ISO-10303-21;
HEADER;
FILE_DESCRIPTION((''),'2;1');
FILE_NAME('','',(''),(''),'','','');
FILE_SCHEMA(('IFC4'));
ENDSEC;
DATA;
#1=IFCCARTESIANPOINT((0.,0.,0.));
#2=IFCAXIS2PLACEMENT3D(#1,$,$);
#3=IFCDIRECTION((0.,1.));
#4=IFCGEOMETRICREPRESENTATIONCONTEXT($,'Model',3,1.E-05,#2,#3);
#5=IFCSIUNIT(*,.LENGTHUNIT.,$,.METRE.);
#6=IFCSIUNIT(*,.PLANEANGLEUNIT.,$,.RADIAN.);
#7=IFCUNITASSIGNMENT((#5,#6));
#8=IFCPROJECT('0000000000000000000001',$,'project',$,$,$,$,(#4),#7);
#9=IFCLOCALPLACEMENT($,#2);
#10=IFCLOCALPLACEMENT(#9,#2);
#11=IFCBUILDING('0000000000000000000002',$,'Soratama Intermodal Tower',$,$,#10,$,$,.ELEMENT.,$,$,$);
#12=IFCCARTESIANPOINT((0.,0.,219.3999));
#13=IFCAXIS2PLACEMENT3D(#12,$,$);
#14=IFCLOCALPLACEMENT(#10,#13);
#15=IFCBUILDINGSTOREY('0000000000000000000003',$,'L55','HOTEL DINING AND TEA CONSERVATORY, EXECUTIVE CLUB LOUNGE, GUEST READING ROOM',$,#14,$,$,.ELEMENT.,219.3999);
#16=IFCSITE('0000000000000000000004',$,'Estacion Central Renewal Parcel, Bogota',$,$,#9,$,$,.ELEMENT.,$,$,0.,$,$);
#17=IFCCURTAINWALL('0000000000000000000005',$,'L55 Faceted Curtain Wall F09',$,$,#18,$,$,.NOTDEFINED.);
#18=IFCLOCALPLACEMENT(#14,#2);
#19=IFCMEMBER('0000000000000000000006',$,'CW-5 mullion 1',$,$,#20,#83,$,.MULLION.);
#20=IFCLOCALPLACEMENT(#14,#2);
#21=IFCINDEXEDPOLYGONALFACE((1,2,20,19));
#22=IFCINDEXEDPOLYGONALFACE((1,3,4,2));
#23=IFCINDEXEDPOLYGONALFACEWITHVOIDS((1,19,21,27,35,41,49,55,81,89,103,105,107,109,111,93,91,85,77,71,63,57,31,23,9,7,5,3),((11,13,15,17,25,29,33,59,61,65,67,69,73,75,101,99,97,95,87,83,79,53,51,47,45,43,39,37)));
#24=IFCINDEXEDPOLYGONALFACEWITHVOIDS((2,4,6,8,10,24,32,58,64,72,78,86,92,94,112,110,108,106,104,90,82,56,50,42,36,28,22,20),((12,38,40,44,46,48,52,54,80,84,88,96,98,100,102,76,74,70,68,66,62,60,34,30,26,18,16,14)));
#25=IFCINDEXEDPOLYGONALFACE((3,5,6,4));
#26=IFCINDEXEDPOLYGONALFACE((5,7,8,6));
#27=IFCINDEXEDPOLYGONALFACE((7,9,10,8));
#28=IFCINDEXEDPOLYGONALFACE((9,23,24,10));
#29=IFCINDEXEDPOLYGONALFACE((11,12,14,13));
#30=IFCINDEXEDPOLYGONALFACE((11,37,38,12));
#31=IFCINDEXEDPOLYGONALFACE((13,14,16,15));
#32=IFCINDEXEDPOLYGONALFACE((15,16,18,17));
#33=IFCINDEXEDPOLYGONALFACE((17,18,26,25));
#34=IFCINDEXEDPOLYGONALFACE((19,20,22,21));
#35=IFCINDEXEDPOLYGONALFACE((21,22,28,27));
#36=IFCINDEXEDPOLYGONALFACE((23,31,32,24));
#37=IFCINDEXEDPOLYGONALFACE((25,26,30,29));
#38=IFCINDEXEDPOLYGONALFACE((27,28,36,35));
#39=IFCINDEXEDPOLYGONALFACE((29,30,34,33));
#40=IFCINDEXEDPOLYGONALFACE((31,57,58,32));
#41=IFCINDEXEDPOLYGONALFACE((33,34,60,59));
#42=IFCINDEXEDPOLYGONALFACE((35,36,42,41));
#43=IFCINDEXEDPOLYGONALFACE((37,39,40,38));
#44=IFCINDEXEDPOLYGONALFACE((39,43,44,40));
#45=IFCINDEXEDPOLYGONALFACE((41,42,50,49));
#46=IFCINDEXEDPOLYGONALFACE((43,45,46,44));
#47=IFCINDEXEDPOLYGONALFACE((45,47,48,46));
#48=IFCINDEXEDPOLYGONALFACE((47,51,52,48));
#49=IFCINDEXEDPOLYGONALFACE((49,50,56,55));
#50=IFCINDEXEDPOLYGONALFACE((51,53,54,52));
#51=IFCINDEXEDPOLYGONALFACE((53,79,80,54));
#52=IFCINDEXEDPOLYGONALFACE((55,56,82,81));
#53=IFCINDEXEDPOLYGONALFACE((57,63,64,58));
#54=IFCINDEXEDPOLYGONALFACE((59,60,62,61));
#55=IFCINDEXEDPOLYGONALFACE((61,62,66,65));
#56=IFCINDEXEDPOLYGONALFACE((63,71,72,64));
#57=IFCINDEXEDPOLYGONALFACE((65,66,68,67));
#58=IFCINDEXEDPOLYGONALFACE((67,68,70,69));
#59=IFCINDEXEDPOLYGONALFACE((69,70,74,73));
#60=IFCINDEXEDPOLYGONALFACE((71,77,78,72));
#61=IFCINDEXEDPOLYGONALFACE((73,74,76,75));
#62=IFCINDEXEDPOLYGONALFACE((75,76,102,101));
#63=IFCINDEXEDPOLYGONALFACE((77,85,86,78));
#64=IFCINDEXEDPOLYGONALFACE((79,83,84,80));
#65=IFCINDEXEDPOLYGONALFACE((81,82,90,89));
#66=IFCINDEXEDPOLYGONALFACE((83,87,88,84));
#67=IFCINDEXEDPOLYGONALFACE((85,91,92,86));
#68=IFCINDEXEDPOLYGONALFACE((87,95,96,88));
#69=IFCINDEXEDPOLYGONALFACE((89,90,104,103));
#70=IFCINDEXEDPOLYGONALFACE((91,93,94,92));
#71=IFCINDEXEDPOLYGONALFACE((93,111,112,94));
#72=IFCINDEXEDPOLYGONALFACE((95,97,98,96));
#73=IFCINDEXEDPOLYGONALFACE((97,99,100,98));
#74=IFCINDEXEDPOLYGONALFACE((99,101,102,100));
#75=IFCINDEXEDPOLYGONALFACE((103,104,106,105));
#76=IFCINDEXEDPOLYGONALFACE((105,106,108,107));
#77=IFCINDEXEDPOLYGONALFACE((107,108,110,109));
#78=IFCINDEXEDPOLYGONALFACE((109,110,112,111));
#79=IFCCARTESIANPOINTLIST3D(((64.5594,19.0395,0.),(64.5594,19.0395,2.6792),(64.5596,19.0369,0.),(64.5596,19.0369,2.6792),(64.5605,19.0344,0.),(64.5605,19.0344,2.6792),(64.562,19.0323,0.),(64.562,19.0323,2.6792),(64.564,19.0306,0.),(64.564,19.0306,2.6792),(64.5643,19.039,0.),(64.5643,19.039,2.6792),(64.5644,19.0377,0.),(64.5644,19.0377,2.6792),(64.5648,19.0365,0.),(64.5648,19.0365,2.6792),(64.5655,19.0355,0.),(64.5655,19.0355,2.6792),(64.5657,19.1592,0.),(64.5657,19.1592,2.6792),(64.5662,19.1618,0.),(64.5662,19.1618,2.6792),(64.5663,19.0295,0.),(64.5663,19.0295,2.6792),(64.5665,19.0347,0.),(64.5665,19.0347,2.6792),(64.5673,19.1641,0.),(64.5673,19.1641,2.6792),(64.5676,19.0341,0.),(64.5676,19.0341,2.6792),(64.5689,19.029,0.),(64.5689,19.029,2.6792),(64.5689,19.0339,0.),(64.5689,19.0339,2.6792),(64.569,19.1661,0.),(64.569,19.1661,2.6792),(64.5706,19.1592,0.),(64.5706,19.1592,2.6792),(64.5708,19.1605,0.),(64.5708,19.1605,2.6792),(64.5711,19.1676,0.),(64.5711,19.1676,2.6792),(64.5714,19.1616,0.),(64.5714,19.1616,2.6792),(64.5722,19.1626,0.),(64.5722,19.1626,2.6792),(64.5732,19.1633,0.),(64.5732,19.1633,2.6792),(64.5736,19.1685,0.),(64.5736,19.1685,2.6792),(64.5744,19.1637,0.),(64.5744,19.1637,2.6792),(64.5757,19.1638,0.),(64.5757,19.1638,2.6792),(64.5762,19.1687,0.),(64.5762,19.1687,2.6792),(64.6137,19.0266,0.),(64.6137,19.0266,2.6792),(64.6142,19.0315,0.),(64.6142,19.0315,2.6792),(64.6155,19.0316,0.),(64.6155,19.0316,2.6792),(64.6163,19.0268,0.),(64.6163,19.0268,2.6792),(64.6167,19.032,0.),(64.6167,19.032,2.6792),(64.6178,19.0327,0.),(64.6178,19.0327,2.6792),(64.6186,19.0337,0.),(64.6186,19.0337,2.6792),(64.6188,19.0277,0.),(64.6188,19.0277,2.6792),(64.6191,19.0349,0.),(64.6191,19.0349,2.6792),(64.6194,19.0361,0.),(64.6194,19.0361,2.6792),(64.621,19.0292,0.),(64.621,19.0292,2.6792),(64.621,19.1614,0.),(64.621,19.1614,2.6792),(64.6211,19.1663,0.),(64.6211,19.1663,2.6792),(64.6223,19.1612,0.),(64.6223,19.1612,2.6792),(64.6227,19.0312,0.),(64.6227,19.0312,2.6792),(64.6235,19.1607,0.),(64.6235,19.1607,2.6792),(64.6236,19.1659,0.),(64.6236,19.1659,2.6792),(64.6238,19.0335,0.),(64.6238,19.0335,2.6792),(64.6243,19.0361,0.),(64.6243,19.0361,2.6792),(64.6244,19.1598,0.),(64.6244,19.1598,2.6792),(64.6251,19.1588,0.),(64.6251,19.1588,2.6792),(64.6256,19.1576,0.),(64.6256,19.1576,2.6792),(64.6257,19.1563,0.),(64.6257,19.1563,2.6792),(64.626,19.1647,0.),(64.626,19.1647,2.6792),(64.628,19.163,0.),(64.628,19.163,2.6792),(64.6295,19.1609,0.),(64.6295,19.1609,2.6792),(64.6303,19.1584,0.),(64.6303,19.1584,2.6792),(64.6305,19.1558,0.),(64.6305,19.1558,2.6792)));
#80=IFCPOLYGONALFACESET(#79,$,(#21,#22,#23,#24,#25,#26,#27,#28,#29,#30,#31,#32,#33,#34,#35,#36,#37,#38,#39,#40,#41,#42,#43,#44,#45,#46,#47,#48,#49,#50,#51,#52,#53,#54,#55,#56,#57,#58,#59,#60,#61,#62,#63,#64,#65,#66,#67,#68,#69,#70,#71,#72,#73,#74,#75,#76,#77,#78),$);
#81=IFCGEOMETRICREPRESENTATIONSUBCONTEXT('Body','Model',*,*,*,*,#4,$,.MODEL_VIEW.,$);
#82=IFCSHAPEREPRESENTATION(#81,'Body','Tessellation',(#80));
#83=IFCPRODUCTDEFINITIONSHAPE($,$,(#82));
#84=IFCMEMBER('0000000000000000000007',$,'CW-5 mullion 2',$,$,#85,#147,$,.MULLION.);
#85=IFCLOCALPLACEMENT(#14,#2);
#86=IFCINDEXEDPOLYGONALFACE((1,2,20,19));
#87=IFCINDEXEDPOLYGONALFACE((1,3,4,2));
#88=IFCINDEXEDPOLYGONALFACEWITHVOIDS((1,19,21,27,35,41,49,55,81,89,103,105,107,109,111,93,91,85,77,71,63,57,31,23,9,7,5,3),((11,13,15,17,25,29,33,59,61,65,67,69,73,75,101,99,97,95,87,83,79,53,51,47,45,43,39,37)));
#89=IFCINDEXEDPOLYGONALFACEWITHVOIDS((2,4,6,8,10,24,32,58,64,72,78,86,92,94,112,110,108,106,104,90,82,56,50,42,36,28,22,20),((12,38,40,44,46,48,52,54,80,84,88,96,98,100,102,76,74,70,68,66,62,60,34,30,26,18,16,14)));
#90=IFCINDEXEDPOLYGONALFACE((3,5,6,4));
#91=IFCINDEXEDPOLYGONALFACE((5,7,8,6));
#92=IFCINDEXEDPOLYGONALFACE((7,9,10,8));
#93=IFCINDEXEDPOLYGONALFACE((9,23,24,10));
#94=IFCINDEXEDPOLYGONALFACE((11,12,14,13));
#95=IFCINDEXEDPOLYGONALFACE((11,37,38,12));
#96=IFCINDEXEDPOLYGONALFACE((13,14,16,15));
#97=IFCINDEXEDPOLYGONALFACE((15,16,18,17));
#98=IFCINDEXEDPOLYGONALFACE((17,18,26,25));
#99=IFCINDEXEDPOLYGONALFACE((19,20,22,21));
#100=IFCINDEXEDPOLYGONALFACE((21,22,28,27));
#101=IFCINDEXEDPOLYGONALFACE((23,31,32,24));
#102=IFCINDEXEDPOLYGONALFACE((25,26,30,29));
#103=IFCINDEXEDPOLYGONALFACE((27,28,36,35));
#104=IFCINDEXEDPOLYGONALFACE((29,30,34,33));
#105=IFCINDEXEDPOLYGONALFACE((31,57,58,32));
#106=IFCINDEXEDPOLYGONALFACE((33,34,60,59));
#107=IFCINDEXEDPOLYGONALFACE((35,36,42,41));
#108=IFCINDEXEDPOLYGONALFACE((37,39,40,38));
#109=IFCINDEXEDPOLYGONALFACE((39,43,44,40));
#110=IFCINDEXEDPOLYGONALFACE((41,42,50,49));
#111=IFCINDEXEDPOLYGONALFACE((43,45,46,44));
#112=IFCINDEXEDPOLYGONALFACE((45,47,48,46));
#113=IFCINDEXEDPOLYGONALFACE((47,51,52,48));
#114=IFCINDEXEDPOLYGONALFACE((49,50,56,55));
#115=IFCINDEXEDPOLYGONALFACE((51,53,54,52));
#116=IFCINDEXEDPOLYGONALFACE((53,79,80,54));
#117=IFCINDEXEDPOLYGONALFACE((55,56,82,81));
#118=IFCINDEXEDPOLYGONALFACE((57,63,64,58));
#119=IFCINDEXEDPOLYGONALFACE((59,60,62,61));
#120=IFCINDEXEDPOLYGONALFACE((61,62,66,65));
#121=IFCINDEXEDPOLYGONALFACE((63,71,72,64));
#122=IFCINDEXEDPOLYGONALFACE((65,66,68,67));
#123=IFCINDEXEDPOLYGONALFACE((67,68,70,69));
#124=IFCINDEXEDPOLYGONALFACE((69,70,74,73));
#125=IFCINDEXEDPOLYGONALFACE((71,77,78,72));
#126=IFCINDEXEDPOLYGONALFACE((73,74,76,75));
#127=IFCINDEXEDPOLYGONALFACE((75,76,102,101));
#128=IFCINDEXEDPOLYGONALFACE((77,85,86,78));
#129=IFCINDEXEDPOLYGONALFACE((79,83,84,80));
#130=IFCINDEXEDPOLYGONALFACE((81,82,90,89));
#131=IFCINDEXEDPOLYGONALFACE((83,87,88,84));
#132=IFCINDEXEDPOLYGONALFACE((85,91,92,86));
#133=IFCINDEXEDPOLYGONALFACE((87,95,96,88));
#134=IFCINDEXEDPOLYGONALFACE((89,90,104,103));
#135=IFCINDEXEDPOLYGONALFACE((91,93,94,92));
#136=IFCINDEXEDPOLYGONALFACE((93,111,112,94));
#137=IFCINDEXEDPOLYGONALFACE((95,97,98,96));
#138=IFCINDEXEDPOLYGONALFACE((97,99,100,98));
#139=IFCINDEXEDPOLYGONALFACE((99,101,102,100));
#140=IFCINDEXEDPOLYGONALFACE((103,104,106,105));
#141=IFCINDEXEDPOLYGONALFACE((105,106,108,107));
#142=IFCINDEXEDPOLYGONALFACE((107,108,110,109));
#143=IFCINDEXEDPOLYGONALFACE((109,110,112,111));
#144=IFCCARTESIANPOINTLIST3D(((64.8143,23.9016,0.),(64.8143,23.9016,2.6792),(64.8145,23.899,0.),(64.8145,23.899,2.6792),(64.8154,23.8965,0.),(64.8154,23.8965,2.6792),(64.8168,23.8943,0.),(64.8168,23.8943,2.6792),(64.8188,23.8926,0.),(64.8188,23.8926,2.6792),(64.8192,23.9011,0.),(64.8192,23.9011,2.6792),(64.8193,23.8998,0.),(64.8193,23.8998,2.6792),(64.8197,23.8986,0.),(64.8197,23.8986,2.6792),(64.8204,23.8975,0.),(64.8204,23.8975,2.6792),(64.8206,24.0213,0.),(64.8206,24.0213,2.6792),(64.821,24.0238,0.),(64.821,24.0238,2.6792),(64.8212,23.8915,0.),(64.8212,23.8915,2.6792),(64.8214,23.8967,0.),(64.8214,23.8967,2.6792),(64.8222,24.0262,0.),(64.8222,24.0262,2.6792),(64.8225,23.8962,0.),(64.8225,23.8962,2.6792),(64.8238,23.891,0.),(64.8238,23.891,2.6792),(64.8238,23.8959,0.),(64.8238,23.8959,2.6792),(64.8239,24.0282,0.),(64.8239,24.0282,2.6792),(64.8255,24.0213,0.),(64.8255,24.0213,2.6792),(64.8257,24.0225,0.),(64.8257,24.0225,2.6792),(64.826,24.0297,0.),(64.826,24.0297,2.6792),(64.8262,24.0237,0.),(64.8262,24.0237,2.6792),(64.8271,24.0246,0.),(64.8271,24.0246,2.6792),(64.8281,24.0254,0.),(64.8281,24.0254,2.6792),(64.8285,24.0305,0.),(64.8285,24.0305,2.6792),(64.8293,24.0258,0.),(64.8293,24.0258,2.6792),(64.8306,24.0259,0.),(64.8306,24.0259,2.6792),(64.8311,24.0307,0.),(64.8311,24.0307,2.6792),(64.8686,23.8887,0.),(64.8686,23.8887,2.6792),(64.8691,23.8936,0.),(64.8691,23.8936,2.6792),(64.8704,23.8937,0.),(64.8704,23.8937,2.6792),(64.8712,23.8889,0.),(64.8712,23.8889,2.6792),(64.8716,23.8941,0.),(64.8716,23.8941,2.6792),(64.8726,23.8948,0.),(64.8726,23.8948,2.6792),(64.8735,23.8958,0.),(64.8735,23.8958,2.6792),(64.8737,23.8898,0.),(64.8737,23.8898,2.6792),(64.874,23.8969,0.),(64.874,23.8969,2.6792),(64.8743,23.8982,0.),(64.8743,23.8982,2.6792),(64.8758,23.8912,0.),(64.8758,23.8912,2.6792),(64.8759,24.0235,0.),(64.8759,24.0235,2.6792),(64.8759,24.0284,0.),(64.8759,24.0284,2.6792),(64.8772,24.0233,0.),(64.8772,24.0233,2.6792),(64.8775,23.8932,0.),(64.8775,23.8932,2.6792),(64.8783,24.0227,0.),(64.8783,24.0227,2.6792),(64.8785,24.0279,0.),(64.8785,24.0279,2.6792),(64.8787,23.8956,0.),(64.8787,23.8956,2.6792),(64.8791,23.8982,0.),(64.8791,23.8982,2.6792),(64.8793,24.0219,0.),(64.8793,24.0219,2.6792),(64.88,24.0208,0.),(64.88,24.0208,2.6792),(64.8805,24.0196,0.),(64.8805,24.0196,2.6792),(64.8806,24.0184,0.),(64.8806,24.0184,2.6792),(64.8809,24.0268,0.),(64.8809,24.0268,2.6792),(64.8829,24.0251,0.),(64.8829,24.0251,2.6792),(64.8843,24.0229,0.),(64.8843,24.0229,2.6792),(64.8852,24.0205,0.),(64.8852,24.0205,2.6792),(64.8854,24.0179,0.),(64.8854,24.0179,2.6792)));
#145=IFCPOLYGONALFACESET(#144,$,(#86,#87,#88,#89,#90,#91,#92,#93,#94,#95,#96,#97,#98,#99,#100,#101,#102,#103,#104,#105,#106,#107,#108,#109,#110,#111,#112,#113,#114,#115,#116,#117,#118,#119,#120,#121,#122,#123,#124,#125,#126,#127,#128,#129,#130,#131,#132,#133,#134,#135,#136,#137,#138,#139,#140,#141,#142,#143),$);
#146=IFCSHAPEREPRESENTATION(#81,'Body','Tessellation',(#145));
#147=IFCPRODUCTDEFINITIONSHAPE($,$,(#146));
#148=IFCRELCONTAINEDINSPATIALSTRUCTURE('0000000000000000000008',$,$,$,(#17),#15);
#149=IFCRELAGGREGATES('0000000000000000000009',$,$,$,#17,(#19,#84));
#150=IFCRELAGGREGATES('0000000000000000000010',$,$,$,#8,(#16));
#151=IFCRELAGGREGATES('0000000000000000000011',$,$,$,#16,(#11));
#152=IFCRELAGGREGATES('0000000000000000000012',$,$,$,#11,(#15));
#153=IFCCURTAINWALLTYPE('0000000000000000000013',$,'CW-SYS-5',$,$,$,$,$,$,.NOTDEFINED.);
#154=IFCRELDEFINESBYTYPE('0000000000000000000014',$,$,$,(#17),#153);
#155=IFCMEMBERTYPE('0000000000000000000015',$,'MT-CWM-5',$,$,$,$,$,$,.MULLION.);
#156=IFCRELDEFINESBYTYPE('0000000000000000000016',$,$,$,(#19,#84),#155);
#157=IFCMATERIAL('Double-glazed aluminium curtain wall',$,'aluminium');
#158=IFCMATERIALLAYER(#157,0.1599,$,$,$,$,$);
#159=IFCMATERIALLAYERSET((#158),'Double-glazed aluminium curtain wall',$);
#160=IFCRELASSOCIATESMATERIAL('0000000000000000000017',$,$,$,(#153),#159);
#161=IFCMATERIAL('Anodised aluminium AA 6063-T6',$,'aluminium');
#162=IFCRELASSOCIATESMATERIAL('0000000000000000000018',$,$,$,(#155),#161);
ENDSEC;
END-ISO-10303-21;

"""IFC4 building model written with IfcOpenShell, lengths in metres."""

from ifc_helpers import new_model, si_unit, direction, frame, origin, origin_2d, place, context, subcontext, project, spatial, hollow_rectangle, extrude, material, layer, layer_set, material_profile, profile_set, type_object, element, aggregate, save


model = new_model("IFC4")

# Units and contexts
model_context = context("Model", 3, precision=1e-05, world=origin(), true_north=direction((0.0, 1.0)))
body_context = subcontext(model_context, "Body", "Model", "MODEL_VIEW")
ifc_project = project(units=[si_unit("LENGTHUNIT", "METRE"), si_unit("PLANEANGLEUNIT", "RADIAN")], contexts=[model_context])

# Site, building, storey
site_placement = place(None, origin())
site = spatial("IfcSite", under=ifc_project, at=site_placement, Name="Estacion Central Renewal Parcel, Bogota", CompositionType="ELEMENT", RefElevation=0.0)
building_placement = place(site_placement, origin())
building = spatial("IfcBuilding", under=site, at=building_placement, Name="Soratama Intermodal Tower", CompositionType="ELEMENT")
storey_placement = place(building_placement, frame((0.0, 0.0, 219.3999)))
storey = spatial("IfcBuildingStorey", under=building, at=storey_placement, Name="L55", Description="HOTEL DINING AND TEA CONSERVATORY, EXECUTIVE CLUB LOUNGE, GUEST READING ROOM", CompositionType="ELEMENT", Elevation=219.3999)

# Shared definitions
ifc_material_1 = material(Name="Double-glazed aluminium curtain wall", Category="aluminium")
ifc_layer_1 = layer(ifc_material_1, 0.1599)
ifc_layer_set_1 = layer_set([ifc_layer_1], Name="Double-glazed aluminium curtain wall")
curtain_wall_type = type_object("IfcCurtainWallType", Name="CW-SYS-5", PredefinedType="NOTDEFINED", material=ifc_layer_set_1)
ifc_material_2 = material(Name="Anodised aluminium AA 6063-T6", Category="aluminium")
ifc_material_profile_1 = material_profile(ifc_material_2, hollow_rectangle(XDim=0.0649, YDim=0.1399, WallThickness=0.0049, InnerFilletRadius=0.0049, OuterFilletRadius=0.01, at=origin_2d()), Name="CWM140X65X5")
ifc_profile_set_1 = profile_set([ifc_material_profile_1], Name="Anodised aluminium AA 6063-T6")
member_type_1 = type_object("IfcMemberType", Name="MT-CWM-5", PredefinedType="MULLION", material=ifc_profile_set_1)

# Curtain wall, members
curtain_wall_1_placement = place(storey_placement, origin())
curtain_wall_1 = element("IfcCurtainWall", 1, at=curtain_wall_1_placement, inside=storey, type_object=curtain_wall_type, Name="L55 Faceted Curtain Wall F09", PredefinedType="NOTDEFINED")
member_1_placement = place(storey_placement, frame((64.595, 19.0977, 0.0), z_axis=(0.0, 0.0, 1.0), x_axis=(-0.99863, 0.052329, 0.0)))
member_1 = element("IfcMember", 2, at=member_1_placement, type_object=member_type_1, Name="CW-5 mullion 1", PredefinedType="MULLION", context=body_context, shape_type="SweptSolid", body=[
    extrude(hollow_rectangle(XDim=0.0649, YDim=0.1399, WallThickness=0.0049, InnerFilletRadius=0.0049, OuterFilletRadius=0.01, at=origin_2d()), origin(), (0.0, 0.0, 1.0), 2.6792),
])
member_2_placement = place(storey_placement, frame((64.8499, 23.9597, 0.0), z_axis=(0.0, 0.0, 1.0), x_axis=(-0.99863, 0.052329, 0.0)))
member_2 = element("IfcMember", 3, at=member_2_placement, type_object=member_type_1, Name="CW-5 mullion 2", PredefinedType="MULLION", context=body_context, shape_type="SweptSolid", body=[
    extrude(hollow_rectangle(XDim=0.0649, YDim=0.1399, WallThickness=0.0049, InnerFilletRadius=0.0049, OuterFilletRadius=0.01, at=origin_2d()), origin(), (0.0, 0.0, 1.0), 2.6792),
])

aggregate(curtain_wall_1, [member_1, member_2])

save(model, "model.ifc")
